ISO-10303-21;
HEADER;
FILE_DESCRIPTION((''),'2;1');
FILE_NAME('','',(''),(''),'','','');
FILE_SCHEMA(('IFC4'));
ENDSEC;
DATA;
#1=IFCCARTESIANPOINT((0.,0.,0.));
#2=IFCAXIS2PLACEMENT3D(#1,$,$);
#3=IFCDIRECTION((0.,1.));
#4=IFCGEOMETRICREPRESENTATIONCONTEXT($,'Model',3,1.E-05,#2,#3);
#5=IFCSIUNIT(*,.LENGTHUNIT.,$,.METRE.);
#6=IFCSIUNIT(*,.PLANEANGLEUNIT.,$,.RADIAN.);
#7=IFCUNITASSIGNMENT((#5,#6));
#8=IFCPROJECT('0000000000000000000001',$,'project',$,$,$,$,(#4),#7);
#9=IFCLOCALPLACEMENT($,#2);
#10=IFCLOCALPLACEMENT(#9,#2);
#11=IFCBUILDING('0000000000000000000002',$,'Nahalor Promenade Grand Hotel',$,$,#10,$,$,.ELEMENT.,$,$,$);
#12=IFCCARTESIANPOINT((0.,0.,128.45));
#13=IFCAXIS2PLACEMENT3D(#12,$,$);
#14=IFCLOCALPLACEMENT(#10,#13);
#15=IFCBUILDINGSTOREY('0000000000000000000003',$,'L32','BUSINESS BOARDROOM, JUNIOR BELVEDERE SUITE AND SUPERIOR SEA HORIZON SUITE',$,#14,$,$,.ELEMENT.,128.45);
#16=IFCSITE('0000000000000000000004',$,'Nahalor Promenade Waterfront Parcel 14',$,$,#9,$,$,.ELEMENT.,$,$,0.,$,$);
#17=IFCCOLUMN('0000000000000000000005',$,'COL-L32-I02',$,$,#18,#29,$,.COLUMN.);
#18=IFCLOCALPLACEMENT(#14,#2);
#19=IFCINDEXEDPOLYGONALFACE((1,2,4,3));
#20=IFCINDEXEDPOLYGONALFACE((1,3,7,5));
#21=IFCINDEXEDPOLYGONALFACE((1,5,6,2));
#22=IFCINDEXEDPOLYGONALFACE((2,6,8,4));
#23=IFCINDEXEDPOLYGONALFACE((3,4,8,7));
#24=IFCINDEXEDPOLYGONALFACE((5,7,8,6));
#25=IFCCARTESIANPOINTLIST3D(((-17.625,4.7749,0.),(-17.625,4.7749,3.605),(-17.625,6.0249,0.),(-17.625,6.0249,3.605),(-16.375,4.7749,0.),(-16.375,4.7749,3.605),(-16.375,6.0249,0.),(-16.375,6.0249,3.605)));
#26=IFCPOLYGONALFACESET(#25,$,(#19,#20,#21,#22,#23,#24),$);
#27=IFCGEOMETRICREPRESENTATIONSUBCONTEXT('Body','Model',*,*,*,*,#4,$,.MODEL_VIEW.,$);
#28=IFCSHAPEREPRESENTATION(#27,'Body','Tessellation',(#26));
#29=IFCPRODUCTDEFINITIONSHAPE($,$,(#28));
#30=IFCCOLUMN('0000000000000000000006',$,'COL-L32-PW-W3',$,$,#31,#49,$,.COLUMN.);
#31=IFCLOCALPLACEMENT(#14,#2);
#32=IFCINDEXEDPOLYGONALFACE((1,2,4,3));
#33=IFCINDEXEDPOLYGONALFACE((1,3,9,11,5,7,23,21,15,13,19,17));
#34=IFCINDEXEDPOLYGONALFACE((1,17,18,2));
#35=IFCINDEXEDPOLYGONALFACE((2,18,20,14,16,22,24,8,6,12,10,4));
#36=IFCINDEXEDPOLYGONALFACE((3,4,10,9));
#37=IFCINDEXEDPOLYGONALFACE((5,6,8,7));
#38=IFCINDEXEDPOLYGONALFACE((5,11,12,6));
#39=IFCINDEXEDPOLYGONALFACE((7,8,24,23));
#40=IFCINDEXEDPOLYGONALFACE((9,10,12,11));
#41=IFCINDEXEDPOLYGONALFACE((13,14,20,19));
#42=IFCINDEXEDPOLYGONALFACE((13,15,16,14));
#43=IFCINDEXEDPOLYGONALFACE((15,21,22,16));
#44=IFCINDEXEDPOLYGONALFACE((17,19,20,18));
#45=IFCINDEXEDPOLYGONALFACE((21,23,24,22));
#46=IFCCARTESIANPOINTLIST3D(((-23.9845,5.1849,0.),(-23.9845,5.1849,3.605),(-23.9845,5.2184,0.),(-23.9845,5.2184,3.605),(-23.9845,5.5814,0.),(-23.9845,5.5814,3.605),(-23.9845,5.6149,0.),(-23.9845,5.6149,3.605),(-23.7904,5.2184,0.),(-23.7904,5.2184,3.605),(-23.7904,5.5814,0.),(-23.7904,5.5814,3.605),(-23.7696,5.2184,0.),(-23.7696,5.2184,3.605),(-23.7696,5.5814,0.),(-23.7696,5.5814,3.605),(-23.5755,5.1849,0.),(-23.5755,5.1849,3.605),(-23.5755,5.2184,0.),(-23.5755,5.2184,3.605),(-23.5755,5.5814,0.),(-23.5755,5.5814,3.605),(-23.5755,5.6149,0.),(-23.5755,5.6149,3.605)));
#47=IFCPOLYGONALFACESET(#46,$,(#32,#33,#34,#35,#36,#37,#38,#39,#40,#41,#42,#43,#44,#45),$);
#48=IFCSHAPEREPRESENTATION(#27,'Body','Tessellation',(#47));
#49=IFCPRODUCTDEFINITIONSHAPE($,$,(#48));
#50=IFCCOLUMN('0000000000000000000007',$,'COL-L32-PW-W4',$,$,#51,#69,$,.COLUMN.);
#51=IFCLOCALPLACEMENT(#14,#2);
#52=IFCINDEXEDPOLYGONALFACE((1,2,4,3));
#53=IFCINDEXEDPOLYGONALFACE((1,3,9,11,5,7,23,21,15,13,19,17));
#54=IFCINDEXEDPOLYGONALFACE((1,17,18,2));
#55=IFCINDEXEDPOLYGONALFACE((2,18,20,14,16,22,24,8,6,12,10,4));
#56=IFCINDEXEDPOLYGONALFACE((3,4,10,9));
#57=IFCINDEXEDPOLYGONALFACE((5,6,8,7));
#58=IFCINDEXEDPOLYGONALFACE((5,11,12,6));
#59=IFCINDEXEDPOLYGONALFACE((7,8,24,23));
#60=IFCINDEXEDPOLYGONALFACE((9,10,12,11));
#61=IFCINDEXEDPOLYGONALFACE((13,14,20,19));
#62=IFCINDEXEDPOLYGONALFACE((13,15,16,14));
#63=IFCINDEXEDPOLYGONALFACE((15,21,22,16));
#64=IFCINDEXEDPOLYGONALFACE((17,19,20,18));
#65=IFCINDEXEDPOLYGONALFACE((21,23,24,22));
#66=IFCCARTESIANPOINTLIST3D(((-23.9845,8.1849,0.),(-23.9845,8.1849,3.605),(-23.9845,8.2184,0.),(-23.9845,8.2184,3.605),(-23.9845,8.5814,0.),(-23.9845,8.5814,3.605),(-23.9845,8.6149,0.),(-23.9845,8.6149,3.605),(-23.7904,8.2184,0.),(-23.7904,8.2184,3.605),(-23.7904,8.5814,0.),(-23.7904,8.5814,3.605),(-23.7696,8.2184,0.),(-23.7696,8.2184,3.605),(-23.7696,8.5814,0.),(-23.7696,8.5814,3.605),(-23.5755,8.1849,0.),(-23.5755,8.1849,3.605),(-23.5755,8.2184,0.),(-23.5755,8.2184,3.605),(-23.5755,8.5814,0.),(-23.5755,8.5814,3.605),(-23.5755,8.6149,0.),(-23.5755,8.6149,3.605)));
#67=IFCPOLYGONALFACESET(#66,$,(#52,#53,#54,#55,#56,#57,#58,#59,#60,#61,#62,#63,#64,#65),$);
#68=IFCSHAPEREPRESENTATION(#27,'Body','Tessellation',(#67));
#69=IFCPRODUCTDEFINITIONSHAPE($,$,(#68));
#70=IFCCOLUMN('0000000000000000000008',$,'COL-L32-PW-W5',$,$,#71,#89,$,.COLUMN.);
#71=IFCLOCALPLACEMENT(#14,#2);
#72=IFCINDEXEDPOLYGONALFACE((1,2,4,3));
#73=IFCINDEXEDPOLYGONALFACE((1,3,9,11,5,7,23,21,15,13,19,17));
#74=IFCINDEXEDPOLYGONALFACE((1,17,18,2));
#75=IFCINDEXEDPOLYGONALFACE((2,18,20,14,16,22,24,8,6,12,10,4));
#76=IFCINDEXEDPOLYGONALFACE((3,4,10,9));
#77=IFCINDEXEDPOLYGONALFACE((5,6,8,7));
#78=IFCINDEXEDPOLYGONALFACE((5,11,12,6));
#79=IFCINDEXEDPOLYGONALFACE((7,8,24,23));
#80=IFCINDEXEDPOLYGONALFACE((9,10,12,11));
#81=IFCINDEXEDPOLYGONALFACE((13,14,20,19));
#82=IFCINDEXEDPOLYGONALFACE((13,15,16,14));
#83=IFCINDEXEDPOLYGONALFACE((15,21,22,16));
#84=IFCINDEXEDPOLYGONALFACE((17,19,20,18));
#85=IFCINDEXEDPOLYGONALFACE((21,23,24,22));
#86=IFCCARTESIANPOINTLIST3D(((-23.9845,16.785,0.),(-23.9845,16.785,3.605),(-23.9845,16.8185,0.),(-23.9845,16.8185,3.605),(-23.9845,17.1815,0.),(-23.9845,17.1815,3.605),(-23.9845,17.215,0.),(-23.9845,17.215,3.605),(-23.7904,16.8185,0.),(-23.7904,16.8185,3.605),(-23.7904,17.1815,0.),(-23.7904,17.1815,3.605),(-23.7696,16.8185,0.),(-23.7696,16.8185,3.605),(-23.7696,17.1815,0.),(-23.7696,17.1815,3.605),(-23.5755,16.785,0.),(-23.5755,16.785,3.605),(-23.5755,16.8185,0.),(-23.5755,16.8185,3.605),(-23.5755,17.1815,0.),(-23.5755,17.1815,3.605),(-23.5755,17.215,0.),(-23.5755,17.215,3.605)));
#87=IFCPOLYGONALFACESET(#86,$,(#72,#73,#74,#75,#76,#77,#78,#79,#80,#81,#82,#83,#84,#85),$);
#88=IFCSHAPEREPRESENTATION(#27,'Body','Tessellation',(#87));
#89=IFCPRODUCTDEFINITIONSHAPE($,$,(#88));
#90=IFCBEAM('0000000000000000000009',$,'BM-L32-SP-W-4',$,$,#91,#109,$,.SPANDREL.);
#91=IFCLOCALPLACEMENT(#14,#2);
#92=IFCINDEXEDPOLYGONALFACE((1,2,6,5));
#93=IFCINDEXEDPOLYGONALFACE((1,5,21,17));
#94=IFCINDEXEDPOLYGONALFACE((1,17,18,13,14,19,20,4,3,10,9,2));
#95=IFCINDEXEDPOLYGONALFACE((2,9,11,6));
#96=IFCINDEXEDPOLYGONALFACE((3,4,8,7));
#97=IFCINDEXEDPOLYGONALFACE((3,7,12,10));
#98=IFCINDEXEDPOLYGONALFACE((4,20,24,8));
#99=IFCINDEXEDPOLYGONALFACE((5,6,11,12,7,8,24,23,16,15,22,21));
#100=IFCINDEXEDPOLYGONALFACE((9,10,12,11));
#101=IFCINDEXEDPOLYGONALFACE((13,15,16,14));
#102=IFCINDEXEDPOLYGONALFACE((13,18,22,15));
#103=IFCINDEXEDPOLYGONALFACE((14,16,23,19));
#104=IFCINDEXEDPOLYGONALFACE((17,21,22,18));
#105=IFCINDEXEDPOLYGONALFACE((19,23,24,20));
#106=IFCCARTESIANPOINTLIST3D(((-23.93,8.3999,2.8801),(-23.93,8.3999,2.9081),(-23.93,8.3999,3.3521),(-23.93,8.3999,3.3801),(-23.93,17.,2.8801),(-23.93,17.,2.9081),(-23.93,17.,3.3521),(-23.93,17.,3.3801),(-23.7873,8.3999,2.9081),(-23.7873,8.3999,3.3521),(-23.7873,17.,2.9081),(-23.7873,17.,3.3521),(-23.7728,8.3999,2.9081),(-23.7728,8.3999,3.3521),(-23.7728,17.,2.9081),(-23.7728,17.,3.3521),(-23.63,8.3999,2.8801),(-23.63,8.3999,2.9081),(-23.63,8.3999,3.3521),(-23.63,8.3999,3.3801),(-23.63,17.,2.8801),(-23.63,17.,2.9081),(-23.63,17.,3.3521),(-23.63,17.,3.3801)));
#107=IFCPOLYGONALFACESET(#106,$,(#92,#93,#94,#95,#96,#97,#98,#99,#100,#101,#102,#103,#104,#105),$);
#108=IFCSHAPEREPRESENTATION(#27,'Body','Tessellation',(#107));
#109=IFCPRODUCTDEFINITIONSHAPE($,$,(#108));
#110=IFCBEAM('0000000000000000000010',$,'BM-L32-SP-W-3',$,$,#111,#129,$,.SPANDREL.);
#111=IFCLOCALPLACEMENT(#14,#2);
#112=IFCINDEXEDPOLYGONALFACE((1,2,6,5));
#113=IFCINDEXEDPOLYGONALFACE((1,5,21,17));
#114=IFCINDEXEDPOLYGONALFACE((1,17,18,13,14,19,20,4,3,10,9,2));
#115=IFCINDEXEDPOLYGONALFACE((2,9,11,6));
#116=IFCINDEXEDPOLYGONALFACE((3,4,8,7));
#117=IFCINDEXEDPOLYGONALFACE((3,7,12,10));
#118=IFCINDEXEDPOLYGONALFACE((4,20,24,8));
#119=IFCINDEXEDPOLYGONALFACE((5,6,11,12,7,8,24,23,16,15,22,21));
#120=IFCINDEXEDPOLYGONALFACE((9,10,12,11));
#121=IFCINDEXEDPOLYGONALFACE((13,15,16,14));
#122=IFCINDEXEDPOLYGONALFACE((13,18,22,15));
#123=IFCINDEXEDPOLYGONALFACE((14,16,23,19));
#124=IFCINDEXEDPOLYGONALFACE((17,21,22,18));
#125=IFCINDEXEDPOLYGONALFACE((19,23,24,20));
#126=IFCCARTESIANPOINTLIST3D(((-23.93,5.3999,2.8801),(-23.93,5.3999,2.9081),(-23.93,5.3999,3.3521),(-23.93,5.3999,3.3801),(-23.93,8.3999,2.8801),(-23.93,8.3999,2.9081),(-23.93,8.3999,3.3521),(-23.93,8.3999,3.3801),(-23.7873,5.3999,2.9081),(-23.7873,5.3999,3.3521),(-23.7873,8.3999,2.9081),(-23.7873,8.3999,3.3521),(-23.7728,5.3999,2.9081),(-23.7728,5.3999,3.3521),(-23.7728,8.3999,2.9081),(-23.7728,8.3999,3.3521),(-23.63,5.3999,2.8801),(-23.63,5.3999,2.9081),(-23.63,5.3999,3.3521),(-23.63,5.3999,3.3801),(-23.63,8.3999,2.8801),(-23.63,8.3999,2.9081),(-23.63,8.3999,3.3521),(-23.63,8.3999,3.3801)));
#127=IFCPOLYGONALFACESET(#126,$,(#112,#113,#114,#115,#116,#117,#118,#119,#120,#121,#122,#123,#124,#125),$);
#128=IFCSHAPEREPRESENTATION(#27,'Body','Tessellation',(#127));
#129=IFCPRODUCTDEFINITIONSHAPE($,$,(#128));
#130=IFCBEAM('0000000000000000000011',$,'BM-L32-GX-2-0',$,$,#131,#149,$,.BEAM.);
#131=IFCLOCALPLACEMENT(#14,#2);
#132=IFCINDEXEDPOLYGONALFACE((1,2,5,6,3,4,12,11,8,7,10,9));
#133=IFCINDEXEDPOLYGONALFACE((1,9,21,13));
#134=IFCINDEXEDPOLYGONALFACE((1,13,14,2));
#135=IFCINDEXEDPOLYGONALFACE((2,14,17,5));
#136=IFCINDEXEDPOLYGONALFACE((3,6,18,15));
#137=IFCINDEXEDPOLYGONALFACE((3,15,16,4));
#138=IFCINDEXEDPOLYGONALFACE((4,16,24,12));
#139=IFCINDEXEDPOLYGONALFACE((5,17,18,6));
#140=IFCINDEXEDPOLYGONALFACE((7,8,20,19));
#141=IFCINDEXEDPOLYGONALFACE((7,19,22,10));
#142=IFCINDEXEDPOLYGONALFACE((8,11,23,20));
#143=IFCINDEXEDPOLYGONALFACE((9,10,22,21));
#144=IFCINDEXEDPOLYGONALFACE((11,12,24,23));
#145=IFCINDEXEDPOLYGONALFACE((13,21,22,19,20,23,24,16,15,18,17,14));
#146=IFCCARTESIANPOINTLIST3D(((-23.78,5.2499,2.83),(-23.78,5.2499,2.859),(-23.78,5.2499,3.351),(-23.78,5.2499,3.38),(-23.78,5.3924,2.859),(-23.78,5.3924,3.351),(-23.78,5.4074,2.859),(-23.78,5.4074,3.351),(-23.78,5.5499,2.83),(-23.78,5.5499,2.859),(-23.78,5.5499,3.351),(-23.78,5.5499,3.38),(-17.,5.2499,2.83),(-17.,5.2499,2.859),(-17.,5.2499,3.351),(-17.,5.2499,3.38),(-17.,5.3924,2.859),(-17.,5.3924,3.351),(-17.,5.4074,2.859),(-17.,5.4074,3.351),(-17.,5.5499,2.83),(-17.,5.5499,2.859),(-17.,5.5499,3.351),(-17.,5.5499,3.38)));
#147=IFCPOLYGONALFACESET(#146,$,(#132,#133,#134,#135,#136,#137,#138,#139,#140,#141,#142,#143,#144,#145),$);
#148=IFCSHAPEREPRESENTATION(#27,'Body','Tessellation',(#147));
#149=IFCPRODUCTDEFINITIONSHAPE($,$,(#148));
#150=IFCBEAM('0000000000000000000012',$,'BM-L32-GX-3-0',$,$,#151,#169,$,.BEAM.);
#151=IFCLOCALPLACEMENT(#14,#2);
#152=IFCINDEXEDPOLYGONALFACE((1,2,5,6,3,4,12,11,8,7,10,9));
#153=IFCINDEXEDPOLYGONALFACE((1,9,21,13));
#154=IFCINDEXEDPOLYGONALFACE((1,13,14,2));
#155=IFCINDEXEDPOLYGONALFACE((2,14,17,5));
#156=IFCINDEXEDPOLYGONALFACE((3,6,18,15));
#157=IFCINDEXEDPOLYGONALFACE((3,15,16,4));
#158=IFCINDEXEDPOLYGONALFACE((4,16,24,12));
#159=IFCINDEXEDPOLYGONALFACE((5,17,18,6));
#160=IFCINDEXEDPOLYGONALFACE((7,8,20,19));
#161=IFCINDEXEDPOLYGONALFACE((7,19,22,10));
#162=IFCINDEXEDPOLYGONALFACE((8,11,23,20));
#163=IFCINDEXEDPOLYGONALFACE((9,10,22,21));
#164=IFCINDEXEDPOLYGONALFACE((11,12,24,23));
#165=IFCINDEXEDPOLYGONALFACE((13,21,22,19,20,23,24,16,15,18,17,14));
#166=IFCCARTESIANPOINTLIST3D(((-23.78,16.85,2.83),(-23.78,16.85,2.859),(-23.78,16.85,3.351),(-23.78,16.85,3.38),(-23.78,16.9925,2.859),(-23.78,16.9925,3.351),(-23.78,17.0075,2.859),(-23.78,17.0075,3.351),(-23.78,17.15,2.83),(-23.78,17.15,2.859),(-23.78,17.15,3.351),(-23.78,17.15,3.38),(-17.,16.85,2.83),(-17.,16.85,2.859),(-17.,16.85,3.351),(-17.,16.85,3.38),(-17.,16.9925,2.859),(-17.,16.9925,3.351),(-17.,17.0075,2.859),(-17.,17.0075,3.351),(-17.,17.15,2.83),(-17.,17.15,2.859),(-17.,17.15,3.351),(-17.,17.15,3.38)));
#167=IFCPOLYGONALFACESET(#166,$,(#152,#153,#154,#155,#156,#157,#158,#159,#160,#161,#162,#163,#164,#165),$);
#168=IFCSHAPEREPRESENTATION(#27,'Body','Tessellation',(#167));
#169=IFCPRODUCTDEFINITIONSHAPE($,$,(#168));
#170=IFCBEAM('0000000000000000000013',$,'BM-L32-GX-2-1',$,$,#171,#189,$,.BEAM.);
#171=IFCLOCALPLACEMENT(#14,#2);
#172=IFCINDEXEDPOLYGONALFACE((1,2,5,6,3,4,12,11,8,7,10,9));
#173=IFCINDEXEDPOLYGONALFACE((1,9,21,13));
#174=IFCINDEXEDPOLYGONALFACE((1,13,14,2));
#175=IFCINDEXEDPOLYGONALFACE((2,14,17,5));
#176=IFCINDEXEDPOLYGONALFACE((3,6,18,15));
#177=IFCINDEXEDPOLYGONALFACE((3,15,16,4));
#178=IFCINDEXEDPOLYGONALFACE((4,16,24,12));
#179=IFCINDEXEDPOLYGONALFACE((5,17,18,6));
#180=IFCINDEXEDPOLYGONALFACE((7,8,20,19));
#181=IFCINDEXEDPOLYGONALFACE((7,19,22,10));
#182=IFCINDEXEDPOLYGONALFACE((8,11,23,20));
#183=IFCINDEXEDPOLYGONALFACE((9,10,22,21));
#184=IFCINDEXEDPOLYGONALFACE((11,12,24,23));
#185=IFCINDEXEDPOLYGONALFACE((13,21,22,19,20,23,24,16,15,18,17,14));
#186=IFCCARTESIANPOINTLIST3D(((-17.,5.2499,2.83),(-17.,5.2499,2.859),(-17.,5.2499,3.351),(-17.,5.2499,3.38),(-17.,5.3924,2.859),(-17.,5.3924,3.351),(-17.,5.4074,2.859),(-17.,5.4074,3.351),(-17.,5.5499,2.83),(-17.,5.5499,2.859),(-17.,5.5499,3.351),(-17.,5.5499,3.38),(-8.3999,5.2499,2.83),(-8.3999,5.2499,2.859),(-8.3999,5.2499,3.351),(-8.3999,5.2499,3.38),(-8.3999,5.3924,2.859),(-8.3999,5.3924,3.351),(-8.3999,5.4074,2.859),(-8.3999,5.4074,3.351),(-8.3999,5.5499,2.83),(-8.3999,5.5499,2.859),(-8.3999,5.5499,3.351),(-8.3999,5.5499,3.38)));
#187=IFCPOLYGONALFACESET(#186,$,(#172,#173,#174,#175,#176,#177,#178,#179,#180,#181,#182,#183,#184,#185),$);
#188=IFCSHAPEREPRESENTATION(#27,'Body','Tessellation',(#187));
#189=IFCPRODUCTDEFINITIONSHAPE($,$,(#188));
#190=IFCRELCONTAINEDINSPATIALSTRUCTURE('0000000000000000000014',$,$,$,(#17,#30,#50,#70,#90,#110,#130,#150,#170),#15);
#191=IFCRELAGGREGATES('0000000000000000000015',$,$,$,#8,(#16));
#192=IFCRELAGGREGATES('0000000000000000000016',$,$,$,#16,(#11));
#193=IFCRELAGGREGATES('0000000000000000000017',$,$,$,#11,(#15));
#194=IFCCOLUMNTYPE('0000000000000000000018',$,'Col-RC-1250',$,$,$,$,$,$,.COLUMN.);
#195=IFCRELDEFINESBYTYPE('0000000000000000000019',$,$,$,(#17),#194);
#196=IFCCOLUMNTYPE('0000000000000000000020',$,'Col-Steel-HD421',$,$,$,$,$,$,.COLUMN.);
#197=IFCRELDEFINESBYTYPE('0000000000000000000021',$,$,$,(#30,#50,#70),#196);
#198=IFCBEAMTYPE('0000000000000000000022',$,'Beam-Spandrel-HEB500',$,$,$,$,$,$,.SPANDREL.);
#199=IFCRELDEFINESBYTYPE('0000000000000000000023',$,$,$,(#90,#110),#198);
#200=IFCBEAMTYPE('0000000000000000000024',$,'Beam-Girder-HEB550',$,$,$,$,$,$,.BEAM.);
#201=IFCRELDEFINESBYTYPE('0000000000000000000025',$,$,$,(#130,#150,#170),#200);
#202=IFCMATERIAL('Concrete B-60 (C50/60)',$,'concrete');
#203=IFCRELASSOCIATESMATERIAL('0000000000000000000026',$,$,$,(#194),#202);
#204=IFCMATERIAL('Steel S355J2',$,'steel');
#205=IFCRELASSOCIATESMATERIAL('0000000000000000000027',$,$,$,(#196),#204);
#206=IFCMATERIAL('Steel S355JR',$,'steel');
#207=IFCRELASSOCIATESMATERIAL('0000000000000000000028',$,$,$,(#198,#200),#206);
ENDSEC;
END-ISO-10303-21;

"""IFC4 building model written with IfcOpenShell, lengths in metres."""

from ifc_helpers import new_model, si_unit, direction, frame, origin, origin_2d, place, context, subcontext, project, spatial, rectangle, i_section, extrude, source, transform, mapped, material, material_profile, profile_set, type_object, element, save


model = new_model("IFC4")

# Units and contexts
model_context = context("Model", 3, precision=1e-05, world=origin(), true_north=direction((0.0, 1.0)))
body_context = subcontext(model_context, "Body", "Model", "MODEL_VIEW")
ifc_project = project(units=[si_unit("LENGTHUNIT", "METRE"), si_unit("PLANEANGLEUNIT", "RADIAN")], contexts=[model_context])

# Site, building, storey
site_placement = place(None, origin())
site = spatial("IfcSite", under=ifc_project, at=site_placement, Name="Nahalor Promenade Waterfront Parcel 14", CompositionType="ELEMENT", RefElevation=0.0)
building_placement = place(site_placement, origin())
building = spatial("IfcBuilding", under=site, at=building_placement, Name="Nahalor Promenade Grand Hotel", CompositionType="ELEMENT")
storey_placement = place(building_placement, frame((0.0, 0.0, 128.45)))
storey = spatial("IfcBuildingStorey", under=building, at=storey_placement, Name="L32", Description="BUSINESS BOARDROOM, JUNIOR BELVEDERE SUITE AND SUPERIOR SEA HORIZON SUITE", CompositionType="ELEMENT", Elevation=128.45)

# Columns
ifc_material_1 = material(Name="Concrete B-60 (C50/60)", Category="concrete")
ifc_material_profile_1 = material_profile(ifc_material_1, rectangle(XDim=1.25, YDim=1.25, at=origin_2d()), Name="RC 1250x1250")
ifc_profile_set_1 = profile_set([ifc_material_profile_1], Name="Concrete B-60 (C50/60)")
column_type_1 = type_object("IfcColumnType", Name="Col-RC-1250", PredefinedType="COLUMN", material=ifc_profile_set_1)
shared_shape_1 = source(origin(), body_context, "Body", "SweptSolid", [
    extrude(rectangle(XDim=1.25, YDim=1.25, at=origin_2d()), origin(), (0.0, 0.0, 1.0), 3.605),
])
column_placement = place(storey_placement, frame((-17.0, 5.3999, 0.0), z_axis=(0.0, 0.0, 1.0), x_axis=(1.0, 0.0, 0.0)))
element("IfcColumn", 1, at=column_placement, inside=storey, type_object=column_type_1, Name="COL-L32-I02", PredefinedType="COLUMN", context=body_context, shape_type="MappedRepresentation", body=[
    mapped(shared_shape_1, transform((0.0, 0.0, 0.0), scale=1.0)),
])
ifc_material_2 = material(Name="Steel S355J2", Category="steel")
ifc_material_profile_2 = material_profile(ifc_material_2, i_section(OverallWidth=0.409, OverallDepth=0.43, WebThickness=0.0208, FlangeThickness=0.0335, at=origin_2d()), Name="HD 400x421")
ifc_profile_set_2 = profile_set([ifc_material_profile_2], Name="Steel S355J2")
column_type_2 = type_object("IfcColumnType", Name="Col-Steel-HD421", PredefinedType="COLUMN", material=ifc_profile_set_2)
shared_shape_2 = source(origin(), body_context, "Body", "SweptSolid", [
    extrude(i_section(OverallWidth=0.409, OverallDepth=0.43, WebThickness=0.0208, FlangeThickness=0.0335, at=origin_2d()), origin(), (0.0, 0.0, 1.0), 3.605),
])
for number, where, z_axis, x_axis, name in (
    (2, (-23.78, 5.3999, 0.0), (0.0, 0.0, 1.0), (1.0, 0.0, 0.0), "COL-L32-PW-W3"),
    (3, (-23.78, 8.3999, 0.0), (0.0, 0.0, 1.0), (1.0, 0.0, 0.0), "COL-L32-PW-W4"),
    (4, (-23.78, 17.0, 0.0), (0.0, 0.0, 1.0), (1.0, 0.0, 0.0), "COL-L32-PW-W5"),
):
    element("IfcColumn", number, at=place(storey_placement, frame(where, z_axis=z_axis, x_axis=x_axis)), inside=storey, type_object=column_type_2, Name=name, PredefinedType="COLUMN", context=body_context, shape_type="MappedRepresentation", body=[
        mapped(shared_shape_2, transform((0.0, 0.0, 0.0), scale=1.0)),
    ])

# Beams
ifc_material_3 = material(Name="Steel S355JR", Category="steel")
ifc_material_profile_3 = material_profile(ifc_material_3, i_section(OverallWidth=0.3, OverallDepth=0.5, WebThickness=0.0145, FlangeThickness=0.028, at=origin_2d()), Name="HEB 500")
ifc_profile_set_3 = profile_set([ifc_material_profile_3], Name="Steel S355JR")
beam_type_1 = type_object("IfcBeamType", Name="Beam-Spandrel-HEB500", PredefinedType="SPANDREL", material=ifc_profile_set_3)
shared_shape_3 = source(origin(), body_context, "Body", "SweptSolid", [
    extrude(i_section(OverallWidth=0.3, OverallDepth=0.5, WebThickness=0.0145, FlangeThickness=0.028, at=origin_2d()), origin(), (0.0, 0.0, 1.0), 8.6001),
])
beam_1_placement = place(storey_placement, frame((-23.78, 8.3999, 3.1301), z_axis=(0.0, 1.0, 0.0), x_axis=(-1.0, 0.0, 0.0)))
element("IfcBeam", 5, at=beam_1_placement, inside=storey, type_object=beam_type_1, Name="BM-L32-SP-W-4", PredefinedType="SPANDREL", context=body_context, shape_type="MappedRepresentation", body=[
    mapped(shared_shape_3, transform((0.0, 0.0, 0.0), scale=1.0)),
])
shared_shape_4 = source(origin(), body_context, "Body", "SweptSolid", [
    extrude(i_section(OverallWidth=0.3, OverallDepth=0.5, WebThickness=0.0145, FlangeThickness=0.028, at=origin_2d()), origin(), (0.0, 0.0, 1.0), 3.0),
])
beam_2_placement = place(storey_placement, frame((-23.78, 5.3999, 3.1301), z_axis=(0.0, 1.0, 0.0), x_axis=(-1.0, 0.0, 0.0)))
element("IfcBeam", 6, at=beam_2_placement, inside=storey, type_object=beam_type_1, Name="BM-L32-SP-W-3", PredefinedType="SPANDREL", context=body_context, shape_type="MappedRepresentation", body=[
    mapped(shared_shape_4, transform((0.0, 0.0, 0.0), scale=1.0)),
])
ifc_material_profile_4 = material_profile(ifc_material_3, i_section(OverallWidth=0.3, OverallDepth=0.55, WebThickness=0.015, FlangeThickness=0.029, at=origin_2d()), Name="HEB 550")
ifc_profile_set_4 = profile_set([ifc_material_profile_4], Name="Steel S355JR")
beam_type_2 = type_object("IfcBeamType", Name="Beam-Girder-HEB550", PredefinedType="BEAM", material=ifc_profile_set_4)
shared_shape_5 = source(origin(), body_context, "Body", "SweptSolid", [
    extrude(i_section(OverallWidth=0.3, OverallDepth=0.55, WebThickness=0.015, FlangeThickness=0.029, at=origin_2d()), origin(), (0.0, 0.0, 1.0), 6.78),
])
for number, where, z_axis, x_axis, name in (
    (7, (-23.78, 5.3999, 3.105), (1.0, 0.0, 0.0), (0.0, 1.0, 0.0), "BM-L32-GX-2-0"),
    (8, (-23.78, 17.0, 3.105), (1.0, 0.0, 0.0), (0.0, 1.0, 0.0), "BM-L32-GX-3-0"),
):
    element("IfcBeam", number, at=place(storey_placement, frame(where, z_axis=z_axis, x_axis=x_axis)), inside=storey, type_object=beam_type_2, Name=name, PredefinedType="BEAM", context=body_context, shape_type="MappedRepresentation", body=[
        mapped(shared_shape_5, transform((0.0, 0.0, 0.0), scale=1.0)),
    ])
shared_shape_6 = source(origin(), body_context, "Body", "SweptSolid", [
    extrude(i_section(OverallWidth=0.3, OverallDepth=0.55, WebThickness=0.015, FlangeThickness=0.029, at=origin_2d()), origin(), (0.0, 0.0, 1.0), 8.6001),
])
beam_3_placement = place(storey_placement, frame((-17.0, 5.3999, 3.105), z_axis=(1.0, 0.0, 0.0), x_axis=(0.0, 1.0, 0.0)))
element("IfcBeam", 9, at=beam_3_placement, inside=storey, type_object=beam_type_2, Name="BM-L32-GX-2-1", PredefinedType="BEAM", context=body_context, shape_type="MappedRepresentation", body=[
    mapped(shared_shape_6, transform((0.0, 0.0, 0.0), scale=1.0)),
])

save(model, "model.ifc")
